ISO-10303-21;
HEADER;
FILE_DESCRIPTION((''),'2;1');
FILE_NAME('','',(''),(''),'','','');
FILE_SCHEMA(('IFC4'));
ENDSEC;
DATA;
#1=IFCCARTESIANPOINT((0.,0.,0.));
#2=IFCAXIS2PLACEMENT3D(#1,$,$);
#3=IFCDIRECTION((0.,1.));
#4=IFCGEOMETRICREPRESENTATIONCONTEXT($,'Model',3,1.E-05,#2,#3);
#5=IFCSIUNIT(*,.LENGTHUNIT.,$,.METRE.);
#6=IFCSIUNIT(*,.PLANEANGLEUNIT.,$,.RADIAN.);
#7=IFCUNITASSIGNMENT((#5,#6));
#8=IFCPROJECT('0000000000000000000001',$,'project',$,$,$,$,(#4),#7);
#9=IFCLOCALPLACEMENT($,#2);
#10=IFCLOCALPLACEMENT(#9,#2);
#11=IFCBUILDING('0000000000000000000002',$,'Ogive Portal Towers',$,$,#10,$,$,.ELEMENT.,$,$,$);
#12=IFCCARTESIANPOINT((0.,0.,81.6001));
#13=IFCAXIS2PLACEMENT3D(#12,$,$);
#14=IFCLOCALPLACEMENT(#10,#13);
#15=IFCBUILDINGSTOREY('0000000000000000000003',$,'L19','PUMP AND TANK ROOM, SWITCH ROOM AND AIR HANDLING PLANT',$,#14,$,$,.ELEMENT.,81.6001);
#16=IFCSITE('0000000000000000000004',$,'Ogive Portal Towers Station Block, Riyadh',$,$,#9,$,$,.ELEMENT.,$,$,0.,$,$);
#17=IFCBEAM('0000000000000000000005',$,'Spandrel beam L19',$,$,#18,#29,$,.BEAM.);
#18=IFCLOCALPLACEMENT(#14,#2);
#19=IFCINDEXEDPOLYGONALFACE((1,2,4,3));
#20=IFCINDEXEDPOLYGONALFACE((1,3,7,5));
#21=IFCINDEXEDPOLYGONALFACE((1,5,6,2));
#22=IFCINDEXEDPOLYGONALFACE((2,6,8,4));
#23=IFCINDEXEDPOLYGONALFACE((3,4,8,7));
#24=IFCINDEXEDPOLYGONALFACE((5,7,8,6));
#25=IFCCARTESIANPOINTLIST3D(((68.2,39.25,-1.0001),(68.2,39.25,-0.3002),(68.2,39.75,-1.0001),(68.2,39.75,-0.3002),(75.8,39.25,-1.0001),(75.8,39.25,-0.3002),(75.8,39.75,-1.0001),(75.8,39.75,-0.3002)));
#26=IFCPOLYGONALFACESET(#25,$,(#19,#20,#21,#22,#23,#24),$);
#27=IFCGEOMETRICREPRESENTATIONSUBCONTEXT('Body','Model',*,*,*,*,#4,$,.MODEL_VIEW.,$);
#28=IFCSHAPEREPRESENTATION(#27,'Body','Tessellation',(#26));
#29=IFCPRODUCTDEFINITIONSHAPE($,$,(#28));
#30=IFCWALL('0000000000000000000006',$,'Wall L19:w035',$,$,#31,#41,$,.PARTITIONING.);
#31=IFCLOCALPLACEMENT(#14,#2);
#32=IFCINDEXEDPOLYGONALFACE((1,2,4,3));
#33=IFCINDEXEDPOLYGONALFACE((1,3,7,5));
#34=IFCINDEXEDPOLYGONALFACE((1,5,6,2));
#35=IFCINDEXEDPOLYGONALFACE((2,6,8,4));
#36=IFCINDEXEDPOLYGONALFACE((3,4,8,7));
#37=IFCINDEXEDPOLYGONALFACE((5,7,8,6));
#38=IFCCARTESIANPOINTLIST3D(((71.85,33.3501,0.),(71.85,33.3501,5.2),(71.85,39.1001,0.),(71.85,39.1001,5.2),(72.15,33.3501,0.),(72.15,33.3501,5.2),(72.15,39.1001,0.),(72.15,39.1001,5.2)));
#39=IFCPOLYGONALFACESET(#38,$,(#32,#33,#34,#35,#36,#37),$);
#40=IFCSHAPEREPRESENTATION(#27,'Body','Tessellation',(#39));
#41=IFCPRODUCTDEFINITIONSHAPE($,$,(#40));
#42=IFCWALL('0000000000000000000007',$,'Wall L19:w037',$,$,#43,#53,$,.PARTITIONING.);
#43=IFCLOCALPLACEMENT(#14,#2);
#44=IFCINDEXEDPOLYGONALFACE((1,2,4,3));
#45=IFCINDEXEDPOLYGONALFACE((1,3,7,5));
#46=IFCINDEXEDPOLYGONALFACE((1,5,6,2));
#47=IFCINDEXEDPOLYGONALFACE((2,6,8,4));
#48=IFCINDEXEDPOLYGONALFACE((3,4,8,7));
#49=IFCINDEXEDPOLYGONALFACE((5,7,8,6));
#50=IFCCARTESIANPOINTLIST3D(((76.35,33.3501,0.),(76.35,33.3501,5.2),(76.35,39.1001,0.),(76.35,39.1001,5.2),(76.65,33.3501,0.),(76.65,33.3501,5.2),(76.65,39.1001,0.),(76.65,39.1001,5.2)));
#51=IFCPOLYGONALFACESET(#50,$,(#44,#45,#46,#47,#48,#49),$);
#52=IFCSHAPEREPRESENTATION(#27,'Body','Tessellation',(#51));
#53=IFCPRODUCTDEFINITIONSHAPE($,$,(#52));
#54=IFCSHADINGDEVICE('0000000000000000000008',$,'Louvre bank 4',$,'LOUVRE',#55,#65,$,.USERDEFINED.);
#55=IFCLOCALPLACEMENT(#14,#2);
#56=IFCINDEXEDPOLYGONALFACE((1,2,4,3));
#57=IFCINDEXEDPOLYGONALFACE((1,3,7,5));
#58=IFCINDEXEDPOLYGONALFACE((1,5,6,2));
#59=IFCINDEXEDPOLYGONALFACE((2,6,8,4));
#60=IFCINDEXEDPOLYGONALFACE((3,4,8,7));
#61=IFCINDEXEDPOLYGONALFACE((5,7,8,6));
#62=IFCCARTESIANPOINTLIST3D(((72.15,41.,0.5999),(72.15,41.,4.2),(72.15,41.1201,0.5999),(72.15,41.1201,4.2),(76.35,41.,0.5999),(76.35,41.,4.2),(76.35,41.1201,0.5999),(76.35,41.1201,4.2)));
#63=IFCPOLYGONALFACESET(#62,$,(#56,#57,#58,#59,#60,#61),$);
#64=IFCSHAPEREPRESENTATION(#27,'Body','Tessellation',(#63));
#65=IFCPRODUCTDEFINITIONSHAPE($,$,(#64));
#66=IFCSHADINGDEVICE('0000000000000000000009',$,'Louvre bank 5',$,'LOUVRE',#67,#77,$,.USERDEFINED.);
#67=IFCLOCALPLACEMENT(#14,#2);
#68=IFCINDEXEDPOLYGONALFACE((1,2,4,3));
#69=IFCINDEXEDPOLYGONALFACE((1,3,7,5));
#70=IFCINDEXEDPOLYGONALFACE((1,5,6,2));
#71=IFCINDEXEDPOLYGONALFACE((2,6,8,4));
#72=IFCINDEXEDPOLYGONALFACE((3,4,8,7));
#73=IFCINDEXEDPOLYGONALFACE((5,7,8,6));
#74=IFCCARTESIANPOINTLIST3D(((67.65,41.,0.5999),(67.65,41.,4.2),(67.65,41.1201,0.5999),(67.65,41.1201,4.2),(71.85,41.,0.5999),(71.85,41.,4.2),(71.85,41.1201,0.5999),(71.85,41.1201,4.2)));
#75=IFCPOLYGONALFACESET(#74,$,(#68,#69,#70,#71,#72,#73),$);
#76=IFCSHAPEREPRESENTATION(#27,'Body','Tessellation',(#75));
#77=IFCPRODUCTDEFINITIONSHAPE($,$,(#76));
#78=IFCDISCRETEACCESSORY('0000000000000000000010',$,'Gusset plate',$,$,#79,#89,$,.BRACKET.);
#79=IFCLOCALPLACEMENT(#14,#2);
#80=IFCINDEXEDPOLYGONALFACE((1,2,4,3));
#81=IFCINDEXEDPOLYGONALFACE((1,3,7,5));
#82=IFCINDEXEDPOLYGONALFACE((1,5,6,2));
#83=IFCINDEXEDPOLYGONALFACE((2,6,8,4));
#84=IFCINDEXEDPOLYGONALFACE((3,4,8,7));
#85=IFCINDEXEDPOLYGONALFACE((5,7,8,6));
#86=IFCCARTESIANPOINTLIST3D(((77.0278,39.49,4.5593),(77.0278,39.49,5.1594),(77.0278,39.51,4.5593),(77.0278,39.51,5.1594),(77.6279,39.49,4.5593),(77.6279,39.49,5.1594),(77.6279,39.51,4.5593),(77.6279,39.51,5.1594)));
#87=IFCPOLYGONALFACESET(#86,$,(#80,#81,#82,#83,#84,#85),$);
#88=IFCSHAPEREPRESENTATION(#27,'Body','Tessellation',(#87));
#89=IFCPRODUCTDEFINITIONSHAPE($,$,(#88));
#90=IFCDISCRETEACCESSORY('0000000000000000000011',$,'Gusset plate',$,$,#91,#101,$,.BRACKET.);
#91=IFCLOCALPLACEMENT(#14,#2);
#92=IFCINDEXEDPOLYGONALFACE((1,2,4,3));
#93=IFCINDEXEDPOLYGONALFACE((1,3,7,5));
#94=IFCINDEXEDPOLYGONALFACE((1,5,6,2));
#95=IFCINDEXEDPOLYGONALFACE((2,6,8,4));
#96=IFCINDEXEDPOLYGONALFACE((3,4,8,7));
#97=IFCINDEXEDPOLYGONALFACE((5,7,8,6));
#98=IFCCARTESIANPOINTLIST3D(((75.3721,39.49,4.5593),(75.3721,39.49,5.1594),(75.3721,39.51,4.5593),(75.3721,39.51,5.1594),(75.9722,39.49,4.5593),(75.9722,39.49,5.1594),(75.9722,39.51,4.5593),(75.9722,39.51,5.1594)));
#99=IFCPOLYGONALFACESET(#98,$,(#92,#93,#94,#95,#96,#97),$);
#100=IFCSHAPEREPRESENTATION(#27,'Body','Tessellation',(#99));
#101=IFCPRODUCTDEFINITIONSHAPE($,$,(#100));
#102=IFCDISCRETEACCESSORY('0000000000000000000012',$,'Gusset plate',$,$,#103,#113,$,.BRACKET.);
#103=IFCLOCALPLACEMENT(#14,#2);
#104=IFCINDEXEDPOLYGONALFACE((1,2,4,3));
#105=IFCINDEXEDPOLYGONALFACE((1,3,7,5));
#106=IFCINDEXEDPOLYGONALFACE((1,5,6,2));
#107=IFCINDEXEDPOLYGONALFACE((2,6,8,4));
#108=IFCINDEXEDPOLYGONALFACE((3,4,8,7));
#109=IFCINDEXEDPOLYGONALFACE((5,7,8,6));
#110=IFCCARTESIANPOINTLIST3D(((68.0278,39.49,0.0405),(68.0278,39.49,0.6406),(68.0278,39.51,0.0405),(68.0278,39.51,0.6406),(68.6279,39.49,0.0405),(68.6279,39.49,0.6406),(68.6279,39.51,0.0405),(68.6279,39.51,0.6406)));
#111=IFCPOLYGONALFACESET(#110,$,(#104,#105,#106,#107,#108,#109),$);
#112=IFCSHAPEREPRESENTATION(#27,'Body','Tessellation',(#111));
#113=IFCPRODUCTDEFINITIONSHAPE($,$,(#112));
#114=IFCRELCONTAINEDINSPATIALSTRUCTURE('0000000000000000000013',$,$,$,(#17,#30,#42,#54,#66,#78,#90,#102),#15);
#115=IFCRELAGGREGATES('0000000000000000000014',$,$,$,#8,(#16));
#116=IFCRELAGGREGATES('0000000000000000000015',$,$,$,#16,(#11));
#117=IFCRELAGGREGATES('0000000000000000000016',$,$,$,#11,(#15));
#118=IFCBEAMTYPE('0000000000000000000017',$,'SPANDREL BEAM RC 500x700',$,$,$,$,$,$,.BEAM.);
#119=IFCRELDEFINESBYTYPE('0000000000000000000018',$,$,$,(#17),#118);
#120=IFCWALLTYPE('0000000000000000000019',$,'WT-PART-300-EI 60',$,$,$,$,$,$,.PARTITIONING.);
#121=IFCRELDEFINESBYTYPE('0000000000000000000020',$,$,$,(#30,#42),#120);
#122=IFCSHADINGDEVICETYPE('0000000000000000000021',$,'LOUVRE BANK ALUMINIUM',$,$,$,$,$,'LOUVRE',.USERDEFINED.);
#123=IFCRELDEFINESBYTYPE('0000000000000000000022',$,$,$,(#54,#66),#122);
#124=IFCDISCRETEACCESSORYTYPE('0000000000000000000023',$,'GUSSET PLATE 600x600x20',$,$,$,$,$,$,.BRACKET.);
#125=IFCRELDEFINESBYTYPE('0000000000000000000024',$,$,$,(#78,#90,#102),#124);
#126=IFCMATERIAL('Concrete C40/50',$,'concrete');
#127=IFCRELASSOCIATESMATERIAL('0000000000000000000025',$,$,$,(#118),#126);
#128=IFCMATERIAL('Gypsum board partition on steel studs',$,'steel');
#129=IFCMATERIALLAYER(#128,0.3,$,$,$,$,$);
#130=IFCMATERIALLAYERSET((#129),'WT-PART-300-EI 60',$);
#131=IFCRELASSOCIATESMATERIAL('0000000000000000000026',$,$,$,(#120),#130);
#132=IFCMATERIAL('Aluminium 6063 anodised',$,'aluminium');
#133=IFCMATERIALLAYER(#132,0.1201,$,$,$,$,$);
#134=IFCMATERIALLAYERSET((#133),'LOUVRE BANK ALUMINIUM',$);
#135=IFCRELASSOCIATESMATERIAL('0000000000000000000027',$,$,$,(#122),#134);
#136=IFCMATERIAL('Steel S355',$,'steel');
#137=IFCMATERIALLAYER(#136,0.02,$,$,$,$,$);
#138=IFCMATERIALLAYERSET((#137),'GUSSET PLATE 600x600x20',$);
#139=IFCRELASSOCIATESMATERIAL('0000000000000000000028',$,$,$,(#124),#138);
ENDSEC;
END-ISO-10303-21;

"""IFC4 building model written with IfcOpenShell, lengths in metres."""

from ifc_helpers import new_model, si_unit, direction, frame, frame_2d, origin, origin_2d, place, context, subcontext, project, spatial, rectangle, extrude, material, layer, layer_set, material_profile, profile_set, type_object, element, save


model = new_model("IFC4")

# Units and contexts
model_context = context("Model", 3, precision=1e-05, world=origin(), true_north=direction((0.0, 1.0)))
body_context = subcontext(model_context, "Body", "Model", "MODEL_VIEW")
ifc_project = project(units=[si_unit("LENGTHUNIT", "METRE"), si_unit("PLANEANGLEUNIT", "RADIAN")], contexts=[model_context])

# Site, building, storey
site_placement = place(None, origin())
site = spatial("IfcSite", under=ifc_project, at=site_placement, Name="Ogive Portal Towers Station Block, Riyadh", CompositionType="ELEMENT", RefElevation=0.0)
building_placement = place(site_placement, origin())
building = spatial("IfcBuilding", under=site, at=building_placement, Name="Ogive Portal Towers", CompositionType="ELEMENT")
storey_placement = place(building_placement, frame((0.0, 0.0, 81.6001)))
storey = spatial("IfcBuildingStorey", under=building, at=storey_placement, Name="L19", Description="PUMP AND TANK ROOM, SWITCH ROOM AND AIR HANDLING PLANT", CompositionType="ELEMENT", Elevation=81.6001)

# Shared definitions
ifc_material_1 = material(Name="Steel S355", Category="steel")

# Beam
ifc_material_2 = material(Name="Concrete C40/50", Category="concrete")
ifc_material_profile_1 = material_profile(ifc_material_2, rectangle(XDim=0.5, YDim=0.7, at=origin_2d()), Name="RC 500x700")
ifc_profile_set_1 = profile_set([ifc_material_profile_1], Name="Concrete C40/50")
beam_type = type_object("IfcBeamType", Name="SPANDREL BEAM RC 500x700", PredefinedType="BEAM", material=ifc_profile_set_1)
beam_placement = place(storey_placement, frame((68.2, 39.5, -0.6501), z_axis=(1.0, 0.0, 0.0), x_axis=(0.0, 1.0, 0.0)))
element("IfcBeam", 1, at=beam_placement, inside=storey, type_object=beam_type, Name="Spandrel beam L19", PredefinedType="BEAM", context=body_context, shape_type="SweptSolid", body=[
    extrude(rectangle(XDim=0.5, YDim=0.7, at=origin_2d()), origin(), (0.0, 0.0, 1.0), 7.6001),
])

# Walls
ifc_material_3 = material(Name="Gypsum board partition on steel studs", Category="steel")
ifc_layer_1 = layer(ifc_material_3, 0.3)
ifc_layer_set_1 = layer_set([ifc_layer_1], Name="WT-PART-300-EI 60")
wall_type = type_object("IfcWallType", Name="WT-PART-300-EI 60", PredefinedType="PARTITIONING", material=ifc_layer_set_1)
for number, where, z_axis, x_axis, name in (
    (2, (72.0, 33.3501, 0.0), (0.0, 0.0, 1.0), (0.0, 1.0, 0.0), "Wall L19:w035"),
    (3, (76.5, 33.3501, 0.0), (0.0, 0.0, 1.0), (0.0, 1.0, 0.0), "Wall L19:w037"),
):
    element("IfcWall", number, at=place(storey_placement, frame(where, z_axis=z_axis, x_axis=x_axis)), inside=storey, type_object=wall_type, Name=name, PredefinedType="PARTITIONING", context=body_context, shape_type="SweptSolid", body=[
        extrude(rectangle(XDim=5.75, YDim=0.3, at=frame_2d((2.875, 0.0))), origin(), (0.0, 0.0, 1.0), 5.2),
    ])

# Shading devices
ifc_material_4 = material(Name="Aluminium 6063 anodised", Category="aluminium")
ifc_layer_2 = layer(ifc_material_4, 0.1201)
ifc_layer_set_2 = layer_set([ifc_layer_2], Name="LOUVRE BANK ALUMINIUM")
shading_device_type = type_object("IfcShadingDeviceType", Name="LOUVRE BANK ALUMINIUM", ElementType="LOUVRE", PredefinedType="USERDEFINED", material=ifc_layer_set_2)
for number, where, z_axis, x_axis, name in (
    (4, (74.25, 41.0601, 0.5999), (0.0, 0.0, 1.0), (-1.0, 0.0, 0.0), "Louvre bank 4"),
    (5, (69.75, 41.0601, 0.5999), (0.0, 0.0, 1.0), (-1.0, 0.0, 0.0), "Louvre bank 5"),
):
    element("IfcShadingDevice", number, at=place(storey_placement, frame(where, z_axis=z_axis, x_axis=x_axis)), inside=storey, type_object=shading_device_type, Name=name, ObjectType="LOUVRE", PredefinedType="USERDEFINED", context=body_context, shape_type="SweptSolid", body=[
        extrude(rectangle(XDim=4.2, YDim=0.1201, at=origin_2d()), origin(), (0.0, 0.0, 1.0), 3.6001),
    ])

# Discrete accessories
ifc_layer_3 = layer(ifc_material_1, 0.02)
ifc_layer_set_3 = layer_set([ifc_layer_3], Name="GUSSET PLATE 600x600x20")
discrete_accessory_type = type_object("IfcDiscreteAccessoryType", Name="GUSSET PLATE 600x600x20", PredefinedType="BRACKET", material=ifc_layer_set_3)
for number, where, z_axis, x_axis, name in (
    (6, (77.3279, 39.5, 4.5593), (0.0, 0.0, 1.0), (-1.0, 0.0, 0.0), "Gusset plate"),
    (7, (75.6721, 39.5, 4.5593), (0.0, 0.0, 1.0), (-1.0, 0.0, 0.0), "Gusset plate"),
    (8, (68.3279, 39.5, 0.0405), (0.0, 0.0, 1.0), (-1.0, 0.0, 0.0), "Gusset plate"),
):
    element("IfcDiscreteAccessory", number, at=place(storey_placement, frame(where, z_axis=z_axis, x_axis=x_axis)), inside=storey, type_object=discrete_accessory_type, Name=name, PredefinedType="BRACKET", context=body_context, shape_type="SweptSolid", body=[
        extrude(rectangle(XDim=0.6001, YDim=0.02, at=origin_2d()), origin(), (0.0, 0.0, 1.0), 0.6001),
    ])

save(model, "model.ifc")
